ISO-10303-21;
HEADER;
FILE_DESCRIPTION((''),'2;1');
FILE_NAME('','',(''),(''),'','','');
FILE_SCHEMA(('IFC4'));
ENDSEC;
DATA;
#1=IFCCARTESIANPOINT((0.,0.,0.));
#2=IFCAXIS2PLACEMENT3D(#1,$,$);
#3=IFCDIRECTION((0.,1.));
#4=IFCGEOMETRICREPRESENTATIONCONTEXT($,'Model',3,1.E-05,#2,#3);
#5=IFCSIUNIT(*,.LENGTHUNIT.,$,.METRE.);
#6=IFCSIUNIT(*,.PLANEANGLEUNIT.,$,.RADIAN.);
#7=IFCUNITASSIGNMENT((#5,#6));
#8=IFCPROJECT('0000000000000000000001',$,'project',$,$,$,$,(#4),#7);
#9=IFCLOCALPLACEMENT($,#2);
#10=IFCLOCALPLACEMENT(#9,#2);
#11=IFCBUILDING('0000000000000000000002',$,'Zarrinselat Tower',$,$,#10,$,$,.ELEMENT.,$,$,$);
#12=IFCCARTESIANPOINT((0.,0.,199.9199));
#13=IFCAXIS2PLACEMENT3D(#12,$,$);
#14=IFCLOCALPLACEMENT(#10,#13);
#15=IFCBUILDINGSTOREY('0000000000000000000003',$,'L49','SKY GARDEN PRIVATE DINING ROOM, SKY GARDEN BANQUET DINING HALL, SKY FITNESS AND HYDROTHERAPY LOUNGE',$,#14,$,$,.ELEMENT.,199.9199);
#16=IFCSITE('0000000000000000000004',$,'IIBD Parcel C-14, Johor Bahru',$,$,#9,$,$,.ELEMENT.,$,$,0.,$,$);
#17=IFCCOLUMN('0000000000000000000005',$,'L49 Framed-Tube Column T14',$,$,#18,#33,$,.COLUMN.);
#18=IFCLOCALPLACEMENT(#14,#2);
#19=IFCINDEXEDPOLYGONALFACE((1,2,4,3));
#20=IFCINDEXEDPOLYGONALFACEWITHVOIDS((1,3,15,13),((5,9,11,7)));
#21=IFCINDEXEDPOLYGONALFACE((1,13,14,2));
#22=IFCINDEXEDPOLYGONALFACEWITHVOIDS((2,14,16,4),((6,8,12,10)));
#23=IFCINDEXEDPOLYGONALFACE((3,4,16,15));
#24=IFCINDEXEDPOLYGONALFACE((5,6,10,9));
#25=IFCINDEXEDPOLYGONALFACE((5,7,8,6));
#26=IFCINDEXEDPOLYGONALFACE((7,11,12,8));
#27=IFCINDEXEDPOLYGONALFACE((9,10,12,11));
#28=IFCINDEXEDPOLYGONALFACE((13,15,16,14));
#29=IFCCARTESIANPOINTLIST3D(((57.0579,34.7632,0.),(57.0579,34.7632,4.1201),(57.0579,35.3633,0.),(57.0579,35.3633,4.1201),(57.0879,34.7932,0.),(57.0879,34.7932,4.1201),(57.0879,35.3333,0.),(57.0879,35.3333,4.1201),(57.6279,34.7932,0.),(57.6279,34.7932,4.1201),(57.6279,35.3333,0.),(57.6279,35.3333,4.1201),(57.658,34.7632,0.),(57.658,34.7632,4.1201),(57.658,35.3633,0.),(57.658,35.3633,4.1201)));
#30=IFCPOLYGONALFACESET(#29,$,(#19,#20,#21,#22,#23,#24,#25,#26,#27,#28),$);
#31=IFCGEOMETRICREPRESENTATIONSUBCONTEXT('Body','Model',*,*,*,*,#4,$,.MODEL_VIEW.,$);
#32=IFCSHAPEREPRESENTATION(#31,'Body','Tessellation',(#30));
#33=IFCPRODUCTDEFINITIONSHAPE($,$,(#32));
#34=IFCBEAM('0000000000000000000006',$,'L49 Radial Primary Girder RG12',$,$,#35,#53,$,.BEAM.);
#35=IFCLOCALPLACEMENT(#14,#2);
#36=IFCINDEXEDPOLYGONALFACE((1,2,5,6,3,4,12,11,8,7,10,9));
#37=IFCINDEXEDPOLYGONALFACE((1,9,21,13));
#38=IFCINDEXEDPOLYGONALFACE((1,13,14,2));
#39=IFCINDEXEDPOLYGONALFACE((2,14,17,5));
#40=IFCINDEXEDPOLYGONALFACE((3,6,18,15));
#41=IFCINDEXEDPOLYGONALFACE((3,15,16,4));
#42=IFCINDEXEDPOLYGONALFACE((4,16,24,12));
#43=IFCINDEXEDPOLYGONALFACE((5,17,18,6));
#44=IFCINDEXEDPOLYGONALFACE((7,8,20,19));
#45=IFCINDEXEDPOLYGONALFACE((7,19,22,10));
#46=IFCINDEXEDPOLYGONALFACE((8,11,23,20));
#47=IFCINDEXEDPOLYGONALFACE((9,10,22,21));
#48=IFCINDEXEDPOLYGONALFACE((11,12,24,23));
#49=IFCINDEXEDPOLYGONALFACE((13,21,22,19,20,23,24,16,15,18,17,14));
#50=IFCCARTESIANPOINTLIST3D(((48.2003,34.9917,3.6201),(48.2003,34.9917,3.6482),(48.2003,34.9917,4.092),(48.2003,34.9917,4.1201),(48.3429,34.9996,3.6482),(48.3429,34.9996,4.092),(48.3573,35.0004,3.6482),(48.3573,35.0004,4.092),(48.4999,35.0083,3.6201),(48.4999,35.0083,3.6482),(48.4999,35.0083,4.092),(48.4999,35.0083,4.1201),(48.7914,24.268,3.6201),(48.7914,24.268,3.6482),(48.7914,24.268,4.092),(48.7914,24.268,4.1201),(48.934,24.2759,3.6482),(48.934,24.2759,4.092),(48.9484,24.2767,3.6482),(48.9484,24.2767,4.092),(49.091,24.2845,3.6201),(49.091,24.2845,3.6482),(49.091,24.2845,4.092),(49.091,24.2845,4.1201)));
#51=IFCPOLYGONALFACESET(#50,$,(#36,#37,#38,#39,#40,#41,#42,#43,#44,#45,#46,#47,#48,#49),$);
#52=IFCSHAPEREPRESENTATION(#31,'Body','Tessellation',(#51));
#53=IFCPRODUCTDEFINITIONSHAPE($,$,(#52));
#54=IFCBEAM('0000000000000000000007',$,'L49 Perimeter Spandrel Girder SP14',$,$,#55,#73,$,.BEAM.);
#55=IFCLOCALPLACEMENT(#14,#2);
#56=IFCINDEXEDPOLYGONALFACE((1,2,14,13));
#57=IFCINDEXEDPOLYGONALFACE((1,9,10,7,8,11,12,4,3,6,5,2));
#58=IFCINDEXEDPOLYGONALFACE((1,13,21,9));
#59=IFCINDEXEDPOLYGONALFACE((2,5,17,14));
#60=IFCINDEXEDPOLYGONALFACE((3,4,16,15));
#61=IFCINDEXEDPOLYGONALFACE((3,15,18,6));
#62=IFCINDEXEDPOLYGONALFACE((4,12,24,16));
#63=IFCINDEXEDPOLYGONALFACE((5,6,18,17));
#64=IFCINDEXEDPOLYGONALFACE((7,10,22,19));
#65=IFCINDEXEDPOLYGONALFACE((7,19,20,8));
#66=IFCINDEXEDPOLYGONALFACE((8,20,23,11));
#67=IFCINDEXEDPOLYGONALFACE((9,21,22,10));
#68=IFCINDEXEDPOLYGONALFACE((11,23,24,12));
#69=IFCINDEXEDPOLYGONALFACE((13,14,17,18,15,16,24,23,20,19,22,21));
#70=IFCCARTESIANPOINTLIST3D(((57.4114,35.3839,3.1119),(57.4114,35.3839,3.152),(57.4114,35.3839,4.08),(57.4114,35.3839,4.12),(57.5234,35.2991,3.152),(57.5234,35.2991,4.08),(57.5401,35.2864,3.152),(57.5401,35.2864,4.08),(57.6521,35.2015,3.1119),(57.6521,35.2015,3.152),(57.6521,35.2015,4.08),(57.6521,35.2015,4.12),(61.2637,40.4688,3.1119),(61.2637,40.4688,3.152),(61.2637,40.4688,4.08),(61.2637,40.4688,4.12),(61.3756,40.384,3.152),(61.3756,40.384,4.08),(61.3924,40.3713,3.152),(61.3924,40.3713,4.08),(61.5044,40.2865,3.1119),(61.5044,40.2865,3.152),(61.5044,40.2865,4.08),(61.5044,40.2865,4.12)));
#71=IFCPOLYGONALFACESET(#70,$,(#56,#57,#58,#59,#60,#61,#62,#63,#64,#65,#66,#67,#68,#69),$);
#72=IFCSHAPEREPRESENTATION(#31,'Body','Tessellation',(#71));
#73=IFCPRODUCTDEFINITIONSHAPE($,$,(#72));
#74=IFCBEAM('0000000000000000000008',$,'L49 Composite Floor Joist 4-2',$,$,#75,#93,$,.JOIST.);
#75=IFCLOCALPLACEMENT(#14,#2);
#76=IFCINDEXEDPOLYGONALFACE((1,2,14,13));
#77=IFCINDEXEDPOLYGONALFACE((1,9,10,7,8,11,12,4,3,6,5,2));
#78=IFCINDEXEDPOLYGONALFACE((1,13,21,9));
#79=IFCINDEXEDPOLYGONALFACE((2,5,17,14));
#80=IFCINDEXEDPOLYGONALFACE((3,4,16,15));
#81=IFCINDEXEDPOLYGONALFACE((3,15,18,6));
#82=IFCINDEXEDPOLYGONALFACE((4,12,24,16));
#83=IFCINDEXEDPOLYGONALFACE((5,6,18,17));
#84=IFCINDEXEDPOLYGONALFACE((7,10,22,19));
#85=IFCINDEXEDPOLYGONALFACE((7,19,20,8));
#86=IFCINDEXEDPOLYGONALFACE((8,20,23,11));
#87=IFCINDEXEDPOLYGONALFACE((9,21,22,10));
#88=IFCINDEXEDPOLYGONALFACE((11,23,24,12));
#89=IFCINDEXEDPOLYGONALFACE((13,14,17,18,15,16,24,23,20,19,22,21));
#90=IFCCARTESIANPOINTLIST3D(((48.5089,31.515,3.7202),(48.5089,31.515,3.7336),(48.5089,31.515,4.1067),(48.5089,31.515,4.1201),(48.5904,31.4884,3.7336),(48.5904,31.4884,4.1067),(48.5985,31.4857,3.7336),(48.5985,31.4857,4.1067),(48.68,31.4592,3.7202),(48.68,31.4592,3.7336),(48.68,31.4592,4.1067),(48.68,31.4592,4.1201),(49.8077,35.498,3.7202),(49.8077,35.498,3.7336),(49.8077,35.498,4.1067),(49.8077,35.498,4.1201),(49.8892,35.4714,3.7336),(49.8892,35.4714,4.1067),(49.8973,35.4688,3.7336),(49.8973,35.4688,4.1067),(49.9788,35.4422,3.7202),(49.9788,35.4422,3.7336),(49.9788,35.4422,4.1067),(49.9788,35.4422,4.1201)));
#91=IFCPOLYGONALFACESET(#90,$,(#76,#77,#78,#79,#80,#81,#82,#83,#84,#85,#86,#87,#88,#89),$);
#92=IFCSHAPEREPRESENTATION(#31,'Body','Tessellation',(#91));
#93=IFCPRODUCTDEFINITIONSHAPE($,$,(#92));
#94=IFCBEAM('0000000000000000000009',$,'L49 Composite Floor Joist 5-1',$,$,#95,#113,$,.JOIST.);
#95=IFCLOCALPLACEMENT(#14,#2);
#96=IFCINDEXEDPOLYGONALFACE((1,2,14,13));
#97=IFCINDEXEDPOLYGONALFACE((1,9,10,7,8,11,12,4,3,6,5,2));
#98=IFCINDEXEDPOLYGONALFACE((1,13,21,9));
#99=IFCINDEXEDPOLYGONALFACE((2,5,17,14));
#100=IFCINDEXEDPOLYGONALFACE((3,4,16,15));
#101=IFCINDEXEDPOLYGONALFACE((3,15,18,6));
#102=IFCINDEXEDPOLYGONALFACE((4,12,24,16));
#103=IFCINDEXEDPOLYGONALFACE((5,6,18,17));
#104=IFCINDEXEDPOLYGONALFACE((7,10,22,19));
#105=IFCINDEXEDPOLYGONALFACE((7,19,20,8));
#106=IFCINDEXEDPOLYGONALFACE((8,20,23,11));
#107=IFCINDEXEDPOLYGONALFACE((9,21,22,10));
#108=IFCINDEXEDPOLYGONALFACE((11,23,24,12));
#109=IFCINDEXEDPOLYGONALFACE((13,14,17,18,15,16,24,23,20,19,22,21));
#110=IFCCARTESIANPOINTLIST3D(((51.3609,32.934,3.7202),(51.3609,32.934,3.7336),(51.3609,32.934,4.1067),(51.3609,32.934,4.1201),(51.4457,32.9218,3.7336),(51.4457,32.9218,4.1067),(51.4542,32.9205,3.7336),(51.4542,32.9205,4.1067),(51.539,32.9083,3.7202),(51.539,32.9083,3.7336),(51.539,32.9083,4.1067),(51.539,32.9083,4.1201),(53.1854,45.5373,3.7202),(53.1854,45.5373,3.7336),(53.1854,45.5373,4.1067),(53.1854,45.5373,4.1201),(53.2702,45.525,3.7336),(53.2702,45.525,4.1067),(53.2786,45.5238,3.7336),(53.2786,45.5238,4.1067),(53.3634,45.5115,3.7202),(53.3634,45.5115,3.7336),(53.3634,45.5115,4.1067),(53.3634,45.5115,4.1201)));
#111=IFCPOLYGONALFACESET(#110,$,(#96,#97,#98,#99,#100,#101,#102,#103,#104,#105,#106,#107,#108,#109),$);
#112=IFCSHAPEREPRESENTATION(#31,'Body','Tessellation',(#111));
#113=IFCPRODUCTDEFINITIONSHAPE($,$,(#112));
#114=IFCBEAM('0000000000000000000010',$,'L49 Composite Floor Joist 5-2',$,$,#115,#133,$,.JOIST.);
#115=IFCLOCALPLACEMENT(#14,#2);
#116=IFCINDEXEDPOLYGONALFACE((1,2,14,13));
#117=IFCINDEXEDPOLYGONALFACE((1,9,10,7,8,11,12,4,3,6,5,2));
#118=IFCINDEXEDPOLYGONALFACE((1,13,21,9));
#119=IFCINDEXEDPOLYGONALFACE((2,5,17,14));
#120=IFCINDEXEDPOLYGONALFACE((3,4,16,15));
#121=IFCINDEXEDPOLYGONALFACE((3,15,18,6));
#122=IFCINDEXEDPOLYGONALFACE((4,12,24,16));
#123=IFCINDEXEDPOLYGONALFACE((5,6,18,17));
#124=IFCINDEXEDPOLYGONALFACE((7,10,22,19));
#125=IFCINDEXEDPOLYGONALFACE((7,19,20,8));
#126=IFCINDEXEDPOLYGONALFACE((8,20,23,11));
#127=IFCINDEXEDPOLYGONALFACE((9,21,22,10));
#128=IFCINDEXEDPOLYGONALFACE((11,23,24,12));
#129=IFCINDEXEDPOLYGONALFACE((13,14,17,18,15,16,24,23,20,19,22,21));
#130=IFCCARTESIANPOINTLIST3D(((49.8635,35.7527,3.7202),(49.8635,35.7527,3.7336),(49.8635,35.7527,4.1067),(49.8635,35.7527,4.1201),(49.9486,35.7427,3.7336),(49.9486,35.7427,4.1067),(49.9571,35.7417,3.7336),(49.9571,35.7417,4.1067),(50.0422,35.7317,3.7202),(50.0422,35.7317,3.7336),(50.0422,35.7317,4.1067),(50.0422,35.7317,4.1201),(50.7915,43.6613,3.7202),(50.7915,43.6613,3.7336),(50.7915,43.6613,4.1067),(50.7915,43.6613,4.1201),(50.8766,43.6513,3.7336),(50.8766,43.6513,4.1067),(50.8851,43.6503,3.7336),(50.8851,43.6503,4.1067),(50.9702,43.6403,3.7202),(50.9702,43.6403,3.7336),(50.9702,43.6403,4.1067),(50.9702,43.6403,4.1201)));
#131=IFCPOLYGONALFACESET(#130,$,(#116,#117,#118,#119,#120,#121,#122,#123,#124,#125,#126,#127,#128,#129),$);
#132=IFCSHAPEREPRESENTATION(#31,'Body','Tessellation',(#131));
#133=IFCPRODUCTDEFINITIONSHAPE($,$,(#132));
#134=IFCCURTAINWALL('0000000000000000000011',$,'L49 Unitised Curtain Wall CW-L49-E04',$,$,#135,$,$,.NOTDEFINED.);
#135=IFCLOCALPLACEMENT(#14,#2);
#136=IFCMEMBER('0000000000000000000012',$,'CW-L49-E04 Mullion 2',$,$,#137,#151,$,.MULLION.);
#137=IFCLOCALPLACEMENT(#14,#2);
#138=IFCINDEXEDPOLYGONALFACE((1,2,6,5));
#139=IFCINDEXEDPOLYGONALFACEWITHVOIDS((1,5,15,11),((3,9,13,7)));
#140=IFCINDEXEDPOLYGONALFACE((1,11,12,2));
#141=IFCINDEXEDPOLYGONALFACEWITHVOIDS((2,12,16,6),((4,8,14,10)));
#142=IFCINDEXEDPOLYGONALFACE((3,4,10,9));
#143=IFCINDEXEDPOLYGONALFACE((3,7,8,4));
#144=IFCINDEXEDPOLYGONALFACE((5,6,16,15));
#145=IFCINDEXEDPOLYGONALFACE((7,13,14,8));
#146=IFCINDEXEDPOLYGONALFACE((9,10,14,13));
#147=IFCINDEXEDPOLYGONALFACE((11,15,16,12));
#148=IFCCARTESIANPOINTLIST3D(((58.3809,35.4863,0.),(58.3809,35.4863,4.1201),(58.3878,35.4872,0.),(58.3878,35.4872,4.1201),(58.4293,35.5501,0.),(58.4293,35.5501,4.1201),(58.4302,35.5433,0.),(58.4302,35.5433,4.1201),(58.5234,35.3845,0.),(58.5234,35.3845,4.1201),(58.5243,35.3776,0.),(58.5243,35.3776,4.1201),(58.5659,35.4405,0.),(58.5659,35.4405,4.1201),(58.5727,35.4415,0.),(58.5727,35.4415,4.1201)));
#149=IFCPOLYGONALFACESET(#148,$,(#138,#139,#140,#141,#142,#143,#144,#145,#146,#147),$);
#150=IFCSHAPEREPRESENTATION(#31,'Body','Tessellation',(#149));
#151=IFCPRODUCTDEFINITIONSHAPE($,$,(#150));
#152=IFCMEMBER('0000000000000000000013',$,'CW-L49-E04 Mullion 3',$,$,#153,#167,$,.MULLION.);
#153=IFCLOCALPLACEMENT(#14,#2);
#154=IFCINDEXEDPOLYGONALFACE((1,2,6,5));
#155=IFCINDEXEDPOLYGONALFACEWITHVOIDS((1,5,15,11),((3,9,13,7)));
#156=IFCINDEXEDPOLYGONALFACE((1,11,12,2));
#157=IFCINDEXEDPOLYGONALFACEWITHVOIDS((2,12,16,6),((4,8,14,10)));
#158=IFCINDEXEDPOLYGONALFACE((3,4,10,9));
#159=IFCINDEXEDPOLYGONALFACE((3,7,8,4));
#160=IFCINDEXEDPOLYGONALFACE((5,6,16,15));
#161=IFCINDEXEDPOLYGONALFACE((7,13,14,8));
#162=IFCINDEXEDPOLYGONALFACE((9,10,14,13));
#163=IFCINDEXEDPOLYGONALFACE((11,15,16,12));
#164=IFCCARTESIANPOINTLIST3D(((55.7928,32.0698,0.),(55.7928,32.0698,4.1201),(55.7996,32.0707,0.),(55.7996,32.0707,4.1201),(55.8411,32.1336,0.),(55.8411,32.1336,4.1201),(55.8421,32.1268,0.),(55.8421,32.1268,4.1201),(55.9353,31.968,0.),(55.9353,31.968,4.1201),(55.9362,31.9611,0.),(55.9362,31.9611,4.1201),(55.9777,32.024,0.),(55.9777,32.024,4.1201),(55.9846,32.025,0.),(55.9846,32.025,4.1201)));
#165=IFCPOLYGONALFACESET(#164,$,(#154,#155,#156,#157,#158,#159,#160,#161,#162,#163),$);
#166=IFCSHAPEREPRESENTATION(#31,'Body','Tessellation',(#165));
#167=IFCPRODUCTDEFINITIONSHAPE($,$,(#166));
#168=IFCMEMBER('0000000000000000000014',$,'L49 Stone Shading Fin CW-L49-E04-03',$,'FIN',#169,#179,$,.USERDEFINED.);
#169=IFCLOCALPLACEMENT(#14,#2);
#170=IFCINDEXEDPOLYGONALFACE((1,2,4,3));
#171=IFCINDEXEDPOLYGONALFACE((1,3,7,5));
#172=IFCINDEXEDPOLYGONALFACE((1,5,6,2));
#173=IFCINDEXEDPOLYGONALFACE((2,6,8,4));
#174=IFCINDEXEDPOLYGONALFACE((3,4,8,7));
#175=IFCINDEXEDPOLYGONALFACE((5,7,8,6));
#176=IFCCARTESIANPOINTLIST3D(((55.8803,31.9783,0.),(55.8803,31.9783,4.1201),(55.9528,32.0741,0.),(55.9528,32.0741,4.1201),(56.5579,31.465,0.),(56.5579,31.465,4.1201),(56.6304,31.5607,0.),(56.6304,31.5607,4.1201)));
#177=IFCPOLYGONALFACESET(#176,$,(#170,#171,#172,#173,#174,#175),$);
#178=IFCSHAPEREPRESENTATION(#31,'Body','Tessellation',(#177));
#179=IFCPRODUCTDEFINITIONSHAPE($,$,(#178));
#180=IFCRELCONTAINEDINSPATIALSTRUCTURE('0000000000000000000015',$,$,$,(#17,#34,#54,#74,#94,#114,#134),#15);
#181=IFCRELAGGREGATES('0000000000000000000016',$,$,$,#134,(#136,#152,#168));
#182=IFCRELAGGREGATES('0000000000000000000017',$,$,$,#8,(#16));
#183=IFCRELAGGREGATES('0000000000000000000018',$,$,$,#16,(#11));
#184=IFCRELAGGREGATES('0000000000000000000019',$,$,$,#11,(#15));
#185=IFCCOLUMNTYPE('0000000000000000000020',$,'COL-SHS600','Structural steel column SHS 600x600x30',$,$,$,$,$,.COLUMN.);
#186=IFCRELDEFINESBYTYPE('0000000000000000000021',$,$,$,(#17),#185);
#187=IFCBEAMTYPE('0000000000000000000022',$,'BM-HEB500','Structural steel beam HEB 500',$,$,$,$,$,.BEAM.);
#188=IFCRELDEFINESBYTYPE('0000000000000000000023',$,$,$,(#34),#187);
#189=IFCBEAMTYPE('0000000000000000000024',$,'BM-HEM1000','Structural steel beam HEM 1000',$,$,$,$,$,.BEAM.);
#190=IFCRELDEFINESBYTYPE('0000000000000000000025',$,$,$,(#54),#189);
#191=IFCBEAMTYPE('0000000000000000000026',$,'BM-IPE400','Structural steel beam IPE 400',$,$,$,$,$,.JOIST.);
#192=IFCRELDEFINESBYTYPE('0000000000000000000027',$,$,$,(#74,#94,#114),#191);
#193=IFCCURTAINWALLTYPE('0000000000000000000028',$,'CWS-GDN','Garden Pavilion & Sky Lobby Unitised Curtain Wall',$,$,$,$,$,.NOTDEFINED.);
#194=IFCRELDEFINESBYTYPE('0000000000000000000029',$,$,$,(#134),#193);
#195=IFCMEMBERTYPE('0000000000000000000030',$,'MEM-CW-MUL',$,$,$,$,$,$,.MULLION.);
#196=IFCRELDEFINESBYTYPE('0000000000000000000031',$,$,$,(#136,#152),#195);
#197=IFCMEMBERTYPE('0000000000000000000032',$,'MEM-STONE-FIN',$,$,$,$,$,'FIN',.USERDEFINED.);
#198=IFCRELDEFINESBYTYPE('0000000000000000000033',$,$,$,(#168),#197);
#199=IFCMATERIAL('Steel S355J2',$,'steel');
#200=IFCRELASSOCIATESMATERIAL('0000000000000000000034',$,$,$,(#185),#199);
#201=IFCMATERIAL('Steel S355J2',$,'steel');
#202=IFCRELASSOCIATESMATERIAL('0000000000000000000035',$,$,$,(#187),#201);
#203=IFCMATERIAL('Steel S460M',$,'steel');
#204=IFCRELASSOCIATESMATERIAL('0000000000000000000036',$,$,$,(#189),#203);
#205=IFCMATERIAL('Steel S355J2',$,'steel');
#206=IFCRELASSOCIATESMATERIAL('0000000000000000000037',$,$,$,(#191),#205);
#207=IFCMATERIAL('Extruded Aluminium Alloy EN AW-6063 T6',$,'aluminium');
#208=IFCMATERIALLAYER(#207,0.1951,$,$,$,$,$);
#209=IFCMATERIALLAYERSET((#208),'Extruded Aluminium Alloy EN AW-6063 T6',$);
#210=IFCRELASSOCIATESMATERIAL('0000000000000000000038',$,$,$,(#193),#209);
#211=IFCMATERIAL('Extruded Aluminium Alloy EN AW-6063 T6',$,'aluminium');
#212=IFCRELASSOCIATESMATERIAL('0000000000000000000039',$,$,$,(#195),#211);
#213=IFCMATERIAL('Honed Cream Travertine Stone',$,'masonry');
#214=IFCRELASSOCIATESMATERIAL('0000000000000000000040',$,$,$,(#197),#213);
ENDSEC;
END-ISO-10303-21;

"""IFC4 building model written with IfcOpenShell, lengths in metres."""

from ifc_helpers import new_model, si_unit, direction, frame, origin, origin_2d, place, context, subcontext, project, spatial, rectangle, hollow_rectangle, i_section, extrude, material, layer, layer_set, material_profile, profile_set, type_object, element, aggregate, save


model = new_model("IFC4")

# Units and contexts
model_context = context("Model", 3, precision=1e-05, world=origin(), true_north=direction((0.0, 1.0)))
body_context = subcontext(model_context, "Body", "Model", "MODEL_VIEW")
ifc_project = project(units=[si_unit("LENGTHUNIT", "METRE"), si_unit("PLANEANGLEUNIT", "RADIAN")], contexts=[model_context])

# Site, building, storey
site_placement = place(None, origin())
site = spatial("IfcSite", under=ifc_project, at=site_placement, Name="IIBD Parcel C-14, Johor Bahru", CompositionType="ELEMENT", RefElevation=0.0)
building_placement = place(site_placement, origin())
building = spatial("IfcBuilding", under=site, at=building_placement, Name="Zarrinselat Tower", CompositionType="ELEMENT")
storey_placement = place(building_placement, frame((0.0, 0.0, 199.9199)))
storey = spatial("IfcBuildingStorey", under=building, at=storey_placement, Name="L49", Description="SKY GARDEN PRIVATE DINING ROOM, SKY GARDEN BANQUET DINING HALL, SKY FITNESS AND HYDROTHERAPY LOUNGE", CompositionType="ELEMENT", Elevation=199.9199)

# Column
ifc_material_1 = material(Name="Steel S355J2", Category="steel")
ifc_material_profile_1 = material_profile(ifc_material_1, hollow_rectangle(XDim=0.6001, YDim=0.6001, WallThickness=0.03, at=origin_2d()), Name="SHS 600x600x30")
ifc_profile_set_1 = profile_set([ifc_material_profile_1], Name="Steel S355J2")
column_type = type_object("IfcColumnType", Name="COL-SHS600", Description="Structural steel column SHS 600x600x30", PredefinedType="COLUMN", material=ifc_profile_set_1)
column_placement = place(storey_placement, frame((57.3579, 35.0632, 0.0), z_axis=(0.0, 0.0, 1.0), x_axis=(1.0, 0.0, 0.0)))
element("IfcColumn", 1, at=column_placement, inside=storey, type_object=column_type, Name="L49 Framed-Tube Column T14", PredefinedType="COLUMN", context=body_context, shape_type="SweptSolid", body=[
    extrude(hollow_rectangle(XDim=0.6001, YDim=0.6001, WallThickness=0.03, at=origin_2d()), origin(), (0.0, 0.0, 1.0), 4.1201),
])

# Beams
ifc_material_2 = material(Name="Steel S355J2", Category="steel")
ifc_material_profile_2 = material_profile(ifc_material_2, i_section(OverallWidth=0.3, OverallDepth=0.5, WebThickness=0.0144, FlangeThickness=0.0281, at=origin_2d()), Name="HEB 500")
ifc_profile_set_2 = profile_set([ifc_material_profile_2], Name="Steel S355J2")
beam_type_1 = type_object("IfcBeamType", Name="BM-HEB500", Description="Structural steel beam HEB 500", PredefinedType="BEAM", material=ifc_profile_set_2)
beam_1_placement = place(storey_placement, frame((48.3501, 35.0, 3.8701), z_axis=(0.055034, -0.998484, 0.0), x_axis=(0.998484, 0.055034, 0.0)))
element("IfcBeam", 2, at=beam_1_placement, inside=storey, type_object=beam_type_1, Name="L49 Radial Primary Girder RG12", PredefinedType="BEAM", context=body_context, shape_type="SweptSolid", body=[
    extrude(i_section(OverallWidth=0.3, OverallDepth=0.5, WebThickness=0.0144, FlangeThickness=0.0281, at=origin_2d()), origin(), (0.0, 0.0, 1.0), 10.74),
])
ifc_material_3 = material(Name="Steel S460M", Category="steel")
ifc_material_profile_3 = material_profile(ifc_material_3, i_section(OverallWidth=0.302, OverallDepth=1.0081, WebThickness=0.021, FlangeThickness=0.04, at=origin_2d()), Name="HEM 1000")
ifc_profile_set_3 = profile_set([ifc_material_profile_3], Name="Steel S460M")
beam_type_2 = type_object("IfcBeamType", Name="BM-HEM1000", Description="Structural steel beam HEM 1000", PredefinedType="BEAM", material=ifc_profile_set_3)
beam_2_placement = place(storey_placement, frame((57.5317, 35.2927, 3.616), z_axis=(0.603863, 0.797088, 0.0), x_axis=(-0.797088, 0.603863, 0.0)))
element("IfcBeam", 3, at=beam_2_placement, inside=storey, type_object=beam_type_2, Name="L49 Perimeter Spandrel Girder SP14", PredefinedType="BEAM", context=body_context, shape_type="SweptSolid", body=[
    extrude(i_section(OverallWidth=0.302, OverallDepth=1.0081, WebThickness=0.021, FlangeThickness=0.04, at=origin_2d()), origin(), (0.0, 0.0, 1.0), 6.3794),
])
ifc_material_4 = material(Name="Steel S355J2", Category="steel")
ifc_material_profile_4 = material_profile(ifc_material_4, i_section(OverallWidth=0.1799, OverallDepth=0.3999, WebThickness=0.0085, FlangeThickness=0.0134, at=origin_2d()), Name="IPE 400")
ifc_profile_set_4 = profile_set([ifc_material_profile_4], Name="Steel S355J2")
beam_type_3 = type_object("IfcBeamType", Name="BM-IPE400", Description="Structural steel beam IPE 400", PredefinedType="JOIST", material=ifc_profile_set_4)
beam_3_placement = place(storey_placement, frame((48.5945, 31.4871, 3.9202), z_axis=(0.310015, 0.950732, 0.0), x_axis=(-0.950732, 0.310015, 0.0)))
element("IfcBeam", 4, at=beam_3_placement, inside=storey, type_object=beam_type_3, Name="L49 Composite Floor Joist 4-2", PredefinedType="JOIST", context=body_context, shape_type="SweptSolid", body=[
    extrude(i_section(OverallWidth=0.1799, OverallDepth=0.3999, WebThickness=0.0085, FlangeThickness=0.0134, at=origin_2d()), origin(), (0.0, 0.0, 1.0), 4.1895),
])
beam_4_placement = place(storey_placement, frame((51.45, 32.9211, 3.9202), z_axis=(0.143268, 0.989684, 0.0), x_axis=(-0.989684, 0.143268, 0.0)))
element("IfcBeam", 5, at=beam_4_placement, inside=storey, type_object=beam_type_3, Name="L49 Composite Floor Joist 5-1", PredefinedType="JOIST", context=body_context, shape_type="SweptSolid", body=[
    extrude(i_section(OverallWidth=0.1799, OverallDepth=0.3999, WebThickness=0.0085, FlangeThickness=0.0134, at=origin_2d()), origin(), (0.0, 0.0, 1.0), 12.7346),
])
beam_5_placement = place(storey_placement, frame((49.9529, 35.7422, 3.9202), z_axis=(0.116537, 0.993186, 0.0), x_axis=(-0.993186, 0.116537, 0.0)))
element("IfcBeam", 6, at=beam_5_placement, inside=storey, type_object=beam_type_3, Name="L49 Composite Floor Joist 5-2", PredefinedType="JOIST", context=body_context, shape_type="SweptSolid", body=[
    extrude(i_section(OverallWidth=0.1799, OverallDepth=0.3999, WebThickness=0.0085, FlangeThickness=0.0134, at=origin_2d()), origin(), (0.0, 0.0, 1.0), 7.9629),
])

# Curtain wall, members
ifc_material_5 = material(Name="Extruded Aluminium Alloy EN AW-6063 T6", Category="aluminium")
ifc_layer_1 = layer(ifc_material_5, 0.1951)
ifc_layer_set_1 = layer_set([ifc_layer_1], Name="Extruded Aluminium Alloy EN AW-6063 T6")
curtain_wall_type = type_object("IfcCurtainWallType", Name="CWS-GDN", Description="Garden Pavilion & Sky Lobby Unitised Curtain Wall", PredefinedType="NOTDEFINED", material=ifc_layer_set_1)
curtain_wall_placement = place(storey_placement, origin())
curtain_wall = element("IfcCurtainWall", 7, at=curtain_wall_placement, inside=storey, type_object=curtain_wall_type, Name="L49 Unitised Curtain Wall CW-L49-E04", PredefinedType="NOTDEFINED")
ifc_material_6 = material(Name="Extruded Aluminium Alloy EN AW-6063 T6", Category="aluminium")
ifc_material_profile_5 = material_profile(ifc_material_6, hollow_rectangle(XDim=0.0801, YDim=0.1799, WallThickness=0.0049, at=origin_2d()), Name="RHS 180x80x5")
ifc_profile_set_5 = profile_set([ifc_material_profile_5], Name="Extruded Aluminium Alloy EN AW-6063 T6")
member_type_1 = type_object("IfcMemberType", Name="MEM-CW-MUL", PredefinedType="MULLION", material=ifc_profile_set_5)
member_1_placement = place(storey_placement, frame((58.4768, 35.4639, 0.0), z_axis=(0.0, 0.0, 1.0), x_axis=(-0.603858, -0.797092, 0.0)))
member_1 = element("IfcMember", 8, at=member_1_placement, type_object=member_type_1, Name="CW-L49-E04 Mullion 2", PredefinedType="MULLION", context=body_context, shape_type="SweptSolid", body=[
    extrude(hollow_rectangle(XDim=0.0801, YDim=0.1799, WallThickness=0.0049, at=origin_2d()), origin(), (0.0, 0.0, 1.0), 4.1201),
])
member_2_placement = place(storey_placement, frame((55.8887, 32.0474, 0.0), z_axis=(0.0, 0.0, 1.0), x_axis=(-0.603858, -0.797092, 0.0)))
member_2 = element("IfcMember", 9, at=member_2_placement, type_object=member_type_1, Name="CW-L49-E04 Mullion 3", PredefinedType="MULLION", context=body_context, shape_type="SweptSolid", body=[
    extrude(hollow_rectangle(XDim=0.0801, YDim=0.1799, WallThickness=0.0049, at=origin_2d()), origin(), (0.0, 0.0, 1.0), 4.1201),
])
ifc_material_7 = material(Name="Honed Cream Travertine Stone", Category="masonry")
ifc_material_profile_6 = material_profile(ifc_material_7, rectangle(XDim=0.1201, YDim=0.8501, at=origin_2d()), Name="FIN 850x120")
ifc_profile_set_6 = profile_set([ifc_material_profile_6], Name="Honed Cream Travertine Stone")
member_type_2 = type_object("IfcMemberType", Name="MEM-STONE-FIN", ElementType="FIN", PredefinedType="USERDEFINED", material=ifc_profile_set_6)
member_3_placement = place(storey_placement, frame((56.2554, 31.7695, 0.0), z_axis=(0.0, 0.0, 1.0), x_axis=(-0.603858, -0.797092, 0.0)))
member_3 = element("IfcMember", 10, at=member_3_placement, type_object=member_type_2, Name="L49 Stone Shading Fin CW-L49-E04-03", ObjectType="FIN", PredefinedType="USERDEFINED", context=body_context, shape_type="SweptSolid", body=[
    extrude(rectangle(XDim=0.1201, YDim=0.8501, at=origin_2d()), origin(), (0.0, 0.0, 1.0), 4.1201),
])
aggregate(curtain_wall, [member_1, member_2, member_3])

save(model, "model.ifc")
